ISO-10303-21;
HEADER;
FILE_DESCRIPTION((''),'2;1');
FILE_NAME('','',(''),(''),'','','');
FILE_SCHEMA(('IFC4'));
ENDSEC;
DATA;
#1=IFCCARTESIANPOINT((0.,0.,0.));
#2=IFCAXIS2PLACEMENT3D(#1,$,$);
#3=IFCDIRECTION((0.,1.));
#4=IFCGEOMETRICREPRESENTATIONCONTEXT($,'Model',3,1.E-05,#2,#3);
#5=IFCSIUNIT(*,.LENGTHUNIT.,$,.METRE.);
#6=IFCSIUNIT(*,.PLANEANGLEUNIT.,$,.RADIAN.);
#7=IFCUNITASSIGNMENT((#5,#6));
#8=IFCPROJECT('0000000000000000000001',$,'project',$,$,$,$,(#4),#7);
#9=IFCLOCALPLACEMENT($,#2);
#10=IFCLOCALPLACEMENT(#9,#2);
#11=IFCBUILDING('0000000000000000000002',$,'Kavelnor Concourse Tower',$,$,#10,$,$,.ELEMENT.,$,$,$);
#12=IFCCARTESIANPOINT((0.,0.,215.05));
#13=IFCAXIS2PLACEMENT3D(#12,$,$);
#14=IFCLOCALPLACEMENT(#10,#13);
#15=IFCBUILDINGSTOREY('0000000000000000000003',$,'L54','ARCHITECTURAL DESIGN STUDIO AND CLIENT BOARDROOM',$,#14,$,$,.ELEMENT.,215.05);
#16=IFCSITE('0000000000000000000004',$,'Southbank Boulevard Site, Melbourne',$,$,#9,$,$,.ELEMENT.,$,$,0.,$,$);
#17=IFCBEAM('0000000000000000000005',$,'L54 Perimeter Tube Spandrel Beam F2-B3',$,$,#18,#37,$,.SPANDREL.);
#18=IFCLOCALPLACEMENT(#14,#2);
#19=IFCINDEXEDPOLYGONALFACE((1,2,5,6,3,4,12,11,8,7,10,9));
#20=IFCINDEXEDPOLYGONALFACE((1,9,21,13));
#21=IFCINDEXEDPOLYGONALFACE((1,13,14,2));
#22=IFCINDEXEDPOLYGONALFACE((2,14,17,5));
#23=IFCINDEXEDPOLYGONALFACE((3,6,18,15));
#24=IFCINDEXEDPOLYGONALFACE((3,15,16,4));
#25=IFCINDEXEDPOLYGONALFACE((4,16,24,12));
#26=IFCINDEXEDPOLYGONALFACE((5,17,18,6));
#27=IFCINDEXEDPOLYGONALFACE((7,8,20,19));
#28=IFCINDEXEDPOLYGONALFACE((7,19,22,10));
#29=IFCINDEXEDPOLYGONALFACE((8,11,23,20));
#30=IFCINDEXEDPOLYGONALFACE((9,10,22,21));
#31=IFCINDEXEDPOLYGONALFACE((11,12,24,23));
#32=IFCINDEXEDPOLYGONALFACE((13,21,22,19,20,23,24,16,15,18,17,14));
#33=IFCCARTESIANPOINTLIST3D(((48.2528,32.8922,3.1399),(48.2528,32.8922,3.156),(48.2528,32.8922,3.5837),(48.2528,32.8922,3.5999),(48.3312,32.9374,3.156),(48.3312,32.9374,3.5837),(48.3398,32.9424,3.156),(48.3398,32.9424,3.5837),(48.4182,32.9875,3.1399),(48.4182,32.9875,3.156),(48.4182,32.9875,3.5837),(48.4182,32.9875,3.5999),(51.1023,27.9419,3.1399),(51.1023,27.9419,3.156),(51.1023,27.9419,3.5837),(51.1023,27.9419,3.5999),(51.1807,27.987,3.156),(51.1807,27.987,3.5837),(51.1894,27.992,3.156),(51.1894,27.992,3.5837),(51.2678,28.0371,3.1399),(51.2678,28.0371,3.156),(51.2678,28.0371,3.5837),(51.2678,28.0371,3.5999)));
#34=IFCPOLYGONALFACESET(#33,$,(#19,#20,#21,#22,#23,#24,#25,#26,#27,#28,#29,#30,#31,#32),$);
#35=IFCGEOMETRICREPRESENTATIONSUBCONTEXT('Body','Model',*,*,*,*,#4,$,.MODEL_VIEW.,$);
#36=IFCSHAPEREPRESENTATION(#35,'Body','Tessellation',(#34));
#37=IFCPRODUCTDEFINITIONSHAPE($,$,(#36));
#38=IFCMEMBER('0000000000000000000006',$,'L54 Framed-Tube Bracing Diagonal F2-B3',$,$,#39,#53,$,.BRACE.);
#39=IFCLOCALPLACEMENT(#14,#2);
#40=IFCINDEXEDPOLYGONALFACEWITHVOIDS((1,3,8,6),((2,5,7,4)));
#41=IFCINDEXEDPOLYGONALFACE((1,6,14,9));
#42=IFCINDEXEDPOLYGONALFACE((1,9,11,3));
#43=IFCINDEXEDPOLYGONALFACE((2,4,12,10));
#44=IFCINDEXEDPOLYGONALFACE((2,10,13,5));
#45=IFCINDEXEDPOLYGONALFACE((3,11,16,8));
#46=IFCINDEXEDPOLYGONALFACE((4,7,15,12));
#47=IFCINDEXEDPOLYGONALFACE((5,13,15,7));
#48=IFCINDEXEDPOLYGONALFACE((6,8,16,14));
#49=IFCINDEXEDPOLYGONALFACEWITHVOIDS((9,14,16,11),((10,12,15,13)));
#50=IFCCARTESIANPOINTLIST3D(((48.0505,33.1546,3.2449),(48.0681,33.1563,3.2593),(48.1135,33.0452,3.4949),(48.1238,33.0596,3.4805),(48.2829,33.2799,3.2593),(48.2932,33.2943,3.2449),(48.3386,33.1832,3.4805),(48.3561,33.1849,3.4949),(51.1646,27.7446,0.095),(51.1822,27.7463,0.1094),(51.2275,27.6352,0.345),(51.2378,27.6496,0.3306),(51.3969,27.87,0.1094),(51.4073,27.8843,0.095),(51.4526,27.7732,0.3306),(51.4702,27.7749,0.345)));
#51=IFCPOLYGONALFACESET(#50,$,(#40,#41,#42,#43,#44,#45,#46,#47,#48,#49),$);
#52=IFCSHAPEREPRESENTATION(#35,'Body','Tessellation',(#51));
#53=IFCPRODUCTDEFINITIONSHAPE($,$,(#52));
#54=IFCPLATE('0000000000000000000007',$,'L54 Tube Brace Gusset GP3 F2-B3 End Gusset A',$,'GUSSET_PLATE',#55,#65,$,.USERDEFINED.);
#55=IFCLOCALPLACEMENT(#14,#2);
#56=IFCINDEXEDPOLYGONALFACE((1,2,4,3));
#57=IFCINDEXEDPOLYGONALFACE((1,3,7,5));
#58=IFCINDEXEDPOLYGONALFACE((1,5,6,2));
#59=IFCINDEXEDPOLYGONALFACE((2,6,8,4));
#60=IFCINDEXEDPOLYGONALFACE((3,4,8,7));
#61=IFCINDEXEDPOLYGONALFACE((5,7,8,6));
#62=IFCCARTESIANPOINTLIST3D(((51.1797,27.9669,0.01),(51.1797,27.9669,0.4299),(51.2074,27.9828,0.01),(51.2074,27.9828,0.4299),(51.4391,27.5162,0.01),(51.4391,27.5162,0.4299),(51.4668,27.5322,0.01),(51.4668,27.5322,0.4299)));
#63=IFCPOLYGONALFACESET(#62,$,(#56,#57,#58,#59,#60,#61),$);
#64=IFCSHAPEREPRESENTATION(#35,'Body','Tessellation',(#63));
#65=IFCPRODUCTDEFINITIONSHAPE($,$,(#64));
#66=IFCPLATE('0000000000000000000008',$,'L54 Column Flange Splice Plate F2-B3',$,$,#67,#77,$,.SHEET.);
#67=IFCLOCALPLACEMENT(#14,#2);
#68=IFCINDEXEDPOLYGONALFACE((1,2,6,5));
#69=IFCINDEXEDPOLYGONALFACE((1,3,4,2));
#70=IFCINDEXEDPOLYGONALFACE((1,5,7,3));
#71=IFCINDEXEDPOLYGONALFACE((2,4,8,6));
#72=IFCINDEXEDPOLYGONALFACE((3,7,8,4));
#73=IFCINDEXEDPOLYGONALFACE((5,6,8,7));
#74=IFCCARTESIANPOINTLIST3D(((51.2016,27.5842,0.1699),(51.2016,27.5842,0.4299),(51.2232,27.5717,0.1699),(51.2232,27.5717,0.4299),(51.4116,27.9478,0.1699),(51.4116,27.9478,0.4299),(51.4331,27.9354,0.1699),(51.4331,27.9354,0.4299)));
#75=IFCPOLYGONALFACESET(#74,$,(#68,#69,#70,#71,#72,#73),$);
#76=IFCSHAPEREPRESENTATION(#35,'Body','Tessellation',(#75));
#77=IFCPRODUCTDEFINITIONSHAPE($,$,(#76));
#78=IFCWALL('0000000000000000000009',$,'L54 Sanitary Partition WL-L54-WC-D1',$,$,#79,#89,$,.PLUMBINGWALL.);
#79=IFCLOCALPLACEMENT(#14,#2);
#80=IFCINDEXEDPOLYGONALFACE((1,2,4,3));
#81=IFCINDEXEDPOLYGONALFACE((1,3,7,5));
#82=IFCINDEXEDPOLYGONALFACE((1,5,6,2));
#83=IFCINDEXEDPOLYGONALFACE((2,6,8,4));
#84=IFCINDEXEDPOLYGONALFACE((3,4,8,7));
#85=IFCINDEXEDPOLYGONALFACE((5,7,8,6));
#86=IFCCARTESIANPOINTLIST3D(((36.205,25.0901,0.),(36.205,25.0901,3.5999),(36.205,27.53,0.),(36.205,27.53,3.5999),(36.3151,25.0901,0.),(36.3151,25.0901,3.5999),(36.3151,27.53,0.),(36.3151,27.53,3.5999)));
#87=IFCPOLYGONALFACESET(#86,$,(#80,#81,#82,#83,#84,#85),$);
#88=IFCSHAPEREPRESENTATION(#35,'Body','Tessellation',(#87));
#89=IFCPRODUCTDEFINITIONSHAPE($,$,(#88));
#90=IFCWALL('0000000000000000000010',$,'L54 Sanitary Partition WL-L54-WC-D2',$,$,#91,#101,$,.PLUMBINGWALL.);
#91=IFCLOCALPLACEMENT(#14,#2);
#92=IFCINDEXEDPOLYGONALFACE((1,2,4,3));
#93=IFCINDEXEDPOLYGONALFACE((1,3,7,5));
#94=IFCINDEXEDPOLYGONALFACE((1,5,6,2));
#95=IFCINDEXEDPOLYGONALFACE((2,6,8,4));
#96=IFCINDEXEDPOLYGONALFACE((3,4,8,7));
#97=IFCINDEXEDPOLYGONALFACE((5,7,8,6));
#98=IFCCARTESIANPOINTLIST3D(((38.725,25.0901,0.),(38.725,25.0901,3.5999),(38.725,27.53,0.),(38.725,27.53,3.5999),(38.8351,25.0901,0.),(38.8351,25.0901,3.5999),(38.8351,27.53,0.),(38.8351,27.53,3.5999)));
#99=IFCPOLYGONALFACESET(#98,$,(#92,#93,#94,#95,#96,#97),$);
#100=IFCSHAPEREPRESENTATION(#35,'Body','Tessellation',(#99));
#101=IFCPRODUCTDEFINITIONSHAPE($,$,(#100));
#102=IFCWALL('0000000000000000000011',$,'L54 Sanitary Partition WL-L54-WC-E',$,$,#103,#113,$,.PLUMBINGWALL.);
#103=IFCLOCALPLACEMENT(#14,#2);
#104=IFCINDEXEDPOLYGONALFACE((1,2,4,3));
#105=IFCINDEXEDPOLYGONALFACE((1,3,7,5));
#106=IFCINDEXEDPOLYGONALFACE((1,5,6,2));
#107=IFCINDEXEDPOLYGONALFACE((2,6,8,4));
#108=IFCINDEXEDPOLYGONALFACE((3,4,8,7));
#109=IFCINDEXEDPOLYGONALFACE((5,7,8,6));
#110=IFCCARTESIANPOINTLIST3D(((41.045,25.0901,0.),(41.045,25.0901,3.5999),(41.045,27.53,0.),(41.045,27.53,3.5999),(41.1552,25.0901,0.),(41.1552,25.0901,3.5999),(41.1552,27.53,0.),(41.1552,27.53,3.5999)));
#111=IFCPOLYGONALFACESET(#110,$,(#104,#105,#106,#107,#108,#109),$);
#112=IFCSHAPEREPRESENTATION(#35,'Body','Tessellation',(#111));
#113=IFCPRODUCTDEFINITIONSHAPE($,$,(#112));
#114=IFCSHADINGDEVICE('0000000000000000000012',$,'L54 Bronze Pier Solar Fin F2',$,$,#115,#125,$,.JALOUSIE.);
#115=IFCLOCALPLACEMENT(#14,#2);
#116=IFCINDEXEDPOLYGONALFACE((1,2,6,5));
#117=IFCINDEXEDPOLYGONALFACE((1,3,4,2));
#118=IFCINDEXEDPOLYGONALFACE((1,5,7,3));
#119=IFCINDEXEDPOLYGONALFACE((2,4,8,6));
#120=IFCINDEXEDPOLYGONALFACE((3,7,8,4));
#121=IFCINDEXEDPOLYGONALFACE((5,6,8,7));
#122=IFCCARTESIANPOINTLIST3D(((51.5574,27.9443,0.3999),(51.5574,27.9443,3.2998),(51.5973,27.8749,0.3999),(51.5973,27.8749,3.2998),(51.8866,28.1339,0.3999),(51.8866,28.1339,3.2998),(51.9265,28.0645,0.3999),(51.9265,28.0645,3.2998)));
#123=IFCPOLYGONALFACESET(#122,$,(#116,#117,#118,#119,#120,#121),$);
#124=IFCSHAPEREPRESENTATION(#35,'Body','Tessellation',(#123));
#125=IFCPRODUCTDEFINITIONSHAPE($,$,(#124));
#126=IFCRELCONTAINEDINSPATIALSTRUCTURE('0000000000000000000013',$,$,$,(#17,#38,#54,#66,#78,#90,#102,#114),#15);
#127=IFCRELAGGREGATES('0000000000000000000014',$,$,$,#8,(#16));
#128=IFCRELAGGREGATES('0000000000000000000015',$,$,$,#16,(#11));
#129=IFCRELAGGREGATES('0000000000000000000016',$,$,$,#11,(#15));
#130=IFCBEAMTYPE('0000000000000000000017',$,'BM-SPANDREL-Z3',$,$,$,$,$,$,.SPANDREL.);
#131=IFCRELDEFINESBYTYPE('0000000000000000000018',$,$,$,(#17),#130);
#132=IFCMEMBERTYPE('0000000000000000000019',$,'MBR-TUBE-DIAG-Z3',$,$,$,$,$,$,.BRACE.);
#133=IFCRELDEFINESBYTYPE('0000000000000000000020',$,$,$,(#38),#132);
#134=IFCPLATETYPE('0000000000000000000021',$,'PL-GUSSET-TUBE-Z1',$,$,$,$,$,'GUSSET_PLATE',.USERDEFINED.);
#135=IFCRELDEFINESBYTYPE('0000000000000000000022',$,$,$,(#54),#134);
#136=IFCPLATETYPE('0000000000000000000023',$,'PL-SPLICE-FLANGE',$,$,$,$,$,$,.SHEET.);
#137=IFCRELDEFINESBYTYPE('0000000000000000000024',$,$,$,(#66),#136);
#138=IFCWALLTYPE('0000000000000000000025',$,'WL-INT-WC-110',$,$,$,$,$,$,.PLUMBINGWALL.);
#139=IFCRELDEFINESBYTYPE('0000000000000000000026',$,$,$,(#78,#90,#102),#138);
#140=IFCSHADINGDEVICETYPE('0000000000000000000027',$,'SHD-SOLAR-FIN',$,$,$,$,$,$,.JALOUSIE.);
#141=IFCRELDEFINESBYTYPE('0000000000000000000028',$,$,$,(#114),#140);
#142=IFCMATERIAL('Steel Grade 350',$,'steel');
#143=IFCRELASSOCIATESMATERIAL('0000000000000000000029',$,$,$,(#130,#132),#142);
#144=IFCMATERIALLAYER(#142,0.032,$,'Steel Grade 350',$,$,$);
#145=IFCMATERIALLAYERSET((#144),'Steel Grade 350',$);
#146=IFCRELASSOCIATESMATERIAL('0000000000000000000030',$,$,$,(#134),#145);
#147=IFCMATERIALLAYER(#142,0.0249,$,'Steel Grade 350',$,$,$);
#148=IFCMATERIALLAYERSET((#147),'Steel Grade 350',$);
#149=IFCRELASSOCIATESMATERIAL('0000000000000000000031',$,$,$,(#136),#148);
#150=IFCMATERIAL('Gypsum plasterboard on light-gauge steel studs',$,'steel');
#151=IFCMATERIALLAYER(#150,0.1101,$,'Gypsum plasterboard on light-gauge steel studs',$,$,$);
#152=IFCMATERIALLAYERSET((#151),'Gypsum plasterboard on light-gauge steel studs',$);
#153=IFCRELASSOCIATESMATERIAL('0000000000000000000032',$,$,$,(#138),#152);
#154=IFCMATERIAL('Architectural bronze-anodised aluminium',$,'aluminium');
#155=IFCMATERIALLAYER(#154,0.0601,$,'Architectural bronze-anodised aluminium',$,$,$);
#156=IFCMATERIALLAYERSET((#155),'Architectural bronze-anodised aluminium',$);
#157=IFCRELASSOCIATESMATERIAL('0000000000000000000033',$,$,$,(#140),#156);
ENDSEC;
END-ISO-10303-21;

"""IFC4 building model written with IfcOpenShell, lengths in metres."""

from ifc_helpers import new_model, si_unit, direction, frame, frame_2d, origin, origin_2d, place, context, subcontext, project, spatial, rectangle, hollow_rectangle, i_section, extrude, material, layer, layer_set, material_profile, profile_set, type_object, element, save


model = new_model("IFC4")

# Units and contexts
model_context = context("Model", 3, precision=1e-05, world=origin(), true_north=direction((0.0, 1.0)))
body_context = subcontext(model_context, "Body", "Model", "MODEL_VIEW")
ifc_project = project(units=[si_unit("LENGTHUNIT", "METRE"), si_unit("PLANEANGLEUNIT", "RADIAN")], contexts=[model_context])

# Site, building, storey
site_placement = place(None, origin())
site = spatial("IfcSite", under=ifc_project, at=site_placement, Name="Southbank Boulevard Site, Melbourne", CompositionType="ELEMENT", RefElevation=0.0)
building_placement = place(site_placement, origin())
building = spatial("IfcBuilding", under=site, at=building_placement, Name="Kavelnor Concourse Tower", CompositionType="ELEMENT")
storey_placement = place(building_placement, frame((0.0, 0.0, 215.05)))
storey = spatial("IfcBuildingStorey", under=building, at=storey_placement, Name="L54", Description="ARCHITECTURAL DESIGN STUDIO AND CLIENT BOARDROOM", CompositionType="ELEMENT", Elevation=215.05)

# Shared definitions
ifc_material_1 = material(Name="Steel Grade 350", Category="steel")

# Beam
ifc_material_profile_1 = material_profile(ifc_material_1, i_section(OverallWidth=0.1909, OverallDepth=0.46, WebThickness=0.01, FlangeThickness=0.0161, at=origin_2d()), Name="460UB82")
ifc_profile_set_1 = profile_set([ifc_material_profile_1], Name="Steel Grade 350")
beam_type_1 = type_object("IfcBeamType", Name="BM-SPANDREL-Z3", PredefinedType="SPANDREL", material=ifc_profile_set_1)
beam_1_placement = place(storey_placement, frame((51.1851, 27.9895, 3.3699), z_axis=(-0.49888, 0.866671, 0.0), x_axis=(-0.866671, -0.49888, 0.0)))
element("IfcBeam", 1, at=beam_1_placement, inside=storey, type_object=beam_type_1, Name="L54 Perimeter Tube Spandrel Beam F2-B3", PredefinedType="SPANDREL", context=body_context, shape_type="SweptSolid", body=[
    extrude(i_section(OverallWidth=0.1909, OverallDepth=0.46, WebThickness=0.01, FlangeThickness=0.0161, at=origin_2d()), origin(), (0.0, 0.0, 1.0), 5.7119),
])

# Member
ifc_material_profile_2 = material_profile(ifc_material_1, hollow_rectangle(XDim=0.28, YDim=0.28, WallThickness=0.0161, at=origin_2d()), Name="SHS 280x280x16")
ifc_profile_set_2 = profile_set([ifc_material_profile_2], Name="Steel Grade 350")
member_type = type_object("IfcMemberType", Name="MBR-TUBE-DIAG-Z3", PredefinedType="BRACE", material=ifc_profile_set_2)
member_placement = place(storey_placement, frame((51.3174, 27.7598, 0.22), z_axis=(-0.445377, 0.773744, 0.45051), x_axis=(-0.866677, -0.49887, 0.0)))
element("IfcMember", 2, at=member_placement, inside=storey, type_object=member_type, Name="L54 Framed-Tube Bracing Diagonal F2-B3", PredefinedType="BRACE", context=body_context, shape_type="SweptSolid", body=[
    extrude(hollow_rectangle(XDim=0.28, YDim=0.28, WallThickness=0.0161, at=origin_2d()), origin(), (0.0, 0.0, 1.0), 6.9919),
])

# Plates
ifc_layer_1 = layer(ifc_material_1, 0.032, Name="Steel Grade 350")
ifc_layer_set_1 = layer_set([ifc_layer_1], Name="Steel Grade 350")
plate_type_1 = type_object("IfcPlateType", Name="PL-GUSSET-TUBE-Z1", ElementType="GUSSET_PLATE", PredefinedType="USERDEFINED", material=ifc_layer_set_1)
plate_1_placement = place(storey_placement, frame((51.3232, 27.7495, 0.01), z_axis=(0.0, 0.0, 1.0), x_axis=(-0.498942, 0.866636, 0.0)))
element("IfcPlate", 3, at=plate_1_placement, inside=storey, type_object=plate_type_1, Name="L54 Tube Brace Gusset GP3 F2-B3 End Gusset A", ObjectType="GUSSET_PLATE", PredefinedType="USERDEFINED", context=body_context, shape_type="SweptSolid", body=[
    extrude(rectangle(XDim=0.52, YDim=0.032, at=origin_2d()), origin(), (0.0, 0.0, 1.0), 0.4199),
])
ifc_layer_2 = layer(ifc_material_1, 0.0249, Name="Steel Grade 350")
ifc_layer_set_2 = layer_set([ifc_layer_2], Name="Steel Grade 350")
plate_type_2 = type_object("IfcPlateType", Name="PL-SPLICE-FLANGE", PredefinedType="SHEET", material=ifc_layer_set_2)
plate_2_placement = place(storey_placement, frame((51.3174, 27.7598, 0.1699), z_axis=(0.0, 0.0, 1.0), x_axis=(-0.5, -0.866025, 0.0)))
element("IfcPlate", 4, at=plate_2_placement, inside=storey, type_object=plate_type_2, Name="L54 Column Flange Splice Plate F2-B3", PredefinedType="SHEET", context=body_context, shape_type="SweptSolid", body=[
    extrude(rectangle(XDim=0.4199, YDim=0.0249, at=origin_2d()), origin(), (0.0, 0.0, 1.0), 0.26),
])

# Walls
ifc_material_2 = material(Name="Gypsum plasterboard on light-gauge steel studs", Category="steel")
ifc_layer_3 = layer(ifc_material_2, 0.1101, Name="Gypsum plasterboard on light-gauge steel studs")
ifc_layer_set_3 = layer_set([ifc_layer_3], Name="Gypsum plasterboard on light-gauge steel studs")
wall_type = type_object("IfcWallType", Name="WL-INT-WC-110", PredefinedType="PLUMBINGWALL", material=ifc_layer_set_3)
for number, where, z_axis, x_axis, name in (
    (5, (36.26, 25.0901, 0.0), (0.0, 0.0, 1.0), (0.0, 1.0, 0.0), "L54 Sanitary Partition WL-L54-WC-D1"),
    (6, (38.78, 25.0901, 0.0), (0.0, 0.0, 1.0), (0.0, 1.0, 0.0), "L54 Sanitary Partition WL-L54-WC-D2"),
    (7, (41.1001, 25.0901, 0.0), (0.0, 0.0, 1.0), (0.0, 1.0, 0.0), "L54 Sanitary Partition WL-L54-WC-E"),
):
    element("IfcWall", number, at=place(storey_placement, frame(where, z_axis=z_axis, x_axis=x_axis)), inside=storey, type_object=wall_type, Name=name, PredefinedType="PLUMBINGWALL", context=body_context, shape_type="SweptSolid", body=[
        extrude(rectangle(XDim=2.4399, YDim=0.1101, at=frame_2d((1.22, 0.0))), origin(), (0.0, 0.0, 1.0), 3.5999),
    ])

# Shading device
ifc_material_3 = material(Name="Architectural bronze-anodised aluminium", Category="aluminium")
ifc_layer_4 = layer(ifc_material_3, 0.0601, Name="Architectural bronze-anodised aluminium")
ifc_layer_set_4 = layer_set([ifc_layer_4], Name="Architectural bronze-anodised aluminium")
shading_device_type = type_object("IfcShadingDeviceType", Name="SHD-SOLAR-FIN", PredefinedType="JALOUSIE", material=ifc_layer_set_4)
shading_device_placement = place(storey_placement, frame((51.7419, 28.0044, 0.3999), z_axis=(0.0, 0.0, 1.0), x_axis=(0.866636, 0.498942, 0.0)))
element("IfcShadingDevice", 8, at=shading_device_placement, inside=storey, type_object=shading_device_type, Name="L54 Bronze Pier Solar Fin F2", PredefinedType="JALOUSIE", context=body_context, shape_type="SweptSolid", body=[
    extrude(rectangle(XDim=0.3799, YDim=0.0801, at=origin_2d()), origin(), (0.0, 0.0, 1.0), 2.8999),
])

save(model, "model.ifc")
